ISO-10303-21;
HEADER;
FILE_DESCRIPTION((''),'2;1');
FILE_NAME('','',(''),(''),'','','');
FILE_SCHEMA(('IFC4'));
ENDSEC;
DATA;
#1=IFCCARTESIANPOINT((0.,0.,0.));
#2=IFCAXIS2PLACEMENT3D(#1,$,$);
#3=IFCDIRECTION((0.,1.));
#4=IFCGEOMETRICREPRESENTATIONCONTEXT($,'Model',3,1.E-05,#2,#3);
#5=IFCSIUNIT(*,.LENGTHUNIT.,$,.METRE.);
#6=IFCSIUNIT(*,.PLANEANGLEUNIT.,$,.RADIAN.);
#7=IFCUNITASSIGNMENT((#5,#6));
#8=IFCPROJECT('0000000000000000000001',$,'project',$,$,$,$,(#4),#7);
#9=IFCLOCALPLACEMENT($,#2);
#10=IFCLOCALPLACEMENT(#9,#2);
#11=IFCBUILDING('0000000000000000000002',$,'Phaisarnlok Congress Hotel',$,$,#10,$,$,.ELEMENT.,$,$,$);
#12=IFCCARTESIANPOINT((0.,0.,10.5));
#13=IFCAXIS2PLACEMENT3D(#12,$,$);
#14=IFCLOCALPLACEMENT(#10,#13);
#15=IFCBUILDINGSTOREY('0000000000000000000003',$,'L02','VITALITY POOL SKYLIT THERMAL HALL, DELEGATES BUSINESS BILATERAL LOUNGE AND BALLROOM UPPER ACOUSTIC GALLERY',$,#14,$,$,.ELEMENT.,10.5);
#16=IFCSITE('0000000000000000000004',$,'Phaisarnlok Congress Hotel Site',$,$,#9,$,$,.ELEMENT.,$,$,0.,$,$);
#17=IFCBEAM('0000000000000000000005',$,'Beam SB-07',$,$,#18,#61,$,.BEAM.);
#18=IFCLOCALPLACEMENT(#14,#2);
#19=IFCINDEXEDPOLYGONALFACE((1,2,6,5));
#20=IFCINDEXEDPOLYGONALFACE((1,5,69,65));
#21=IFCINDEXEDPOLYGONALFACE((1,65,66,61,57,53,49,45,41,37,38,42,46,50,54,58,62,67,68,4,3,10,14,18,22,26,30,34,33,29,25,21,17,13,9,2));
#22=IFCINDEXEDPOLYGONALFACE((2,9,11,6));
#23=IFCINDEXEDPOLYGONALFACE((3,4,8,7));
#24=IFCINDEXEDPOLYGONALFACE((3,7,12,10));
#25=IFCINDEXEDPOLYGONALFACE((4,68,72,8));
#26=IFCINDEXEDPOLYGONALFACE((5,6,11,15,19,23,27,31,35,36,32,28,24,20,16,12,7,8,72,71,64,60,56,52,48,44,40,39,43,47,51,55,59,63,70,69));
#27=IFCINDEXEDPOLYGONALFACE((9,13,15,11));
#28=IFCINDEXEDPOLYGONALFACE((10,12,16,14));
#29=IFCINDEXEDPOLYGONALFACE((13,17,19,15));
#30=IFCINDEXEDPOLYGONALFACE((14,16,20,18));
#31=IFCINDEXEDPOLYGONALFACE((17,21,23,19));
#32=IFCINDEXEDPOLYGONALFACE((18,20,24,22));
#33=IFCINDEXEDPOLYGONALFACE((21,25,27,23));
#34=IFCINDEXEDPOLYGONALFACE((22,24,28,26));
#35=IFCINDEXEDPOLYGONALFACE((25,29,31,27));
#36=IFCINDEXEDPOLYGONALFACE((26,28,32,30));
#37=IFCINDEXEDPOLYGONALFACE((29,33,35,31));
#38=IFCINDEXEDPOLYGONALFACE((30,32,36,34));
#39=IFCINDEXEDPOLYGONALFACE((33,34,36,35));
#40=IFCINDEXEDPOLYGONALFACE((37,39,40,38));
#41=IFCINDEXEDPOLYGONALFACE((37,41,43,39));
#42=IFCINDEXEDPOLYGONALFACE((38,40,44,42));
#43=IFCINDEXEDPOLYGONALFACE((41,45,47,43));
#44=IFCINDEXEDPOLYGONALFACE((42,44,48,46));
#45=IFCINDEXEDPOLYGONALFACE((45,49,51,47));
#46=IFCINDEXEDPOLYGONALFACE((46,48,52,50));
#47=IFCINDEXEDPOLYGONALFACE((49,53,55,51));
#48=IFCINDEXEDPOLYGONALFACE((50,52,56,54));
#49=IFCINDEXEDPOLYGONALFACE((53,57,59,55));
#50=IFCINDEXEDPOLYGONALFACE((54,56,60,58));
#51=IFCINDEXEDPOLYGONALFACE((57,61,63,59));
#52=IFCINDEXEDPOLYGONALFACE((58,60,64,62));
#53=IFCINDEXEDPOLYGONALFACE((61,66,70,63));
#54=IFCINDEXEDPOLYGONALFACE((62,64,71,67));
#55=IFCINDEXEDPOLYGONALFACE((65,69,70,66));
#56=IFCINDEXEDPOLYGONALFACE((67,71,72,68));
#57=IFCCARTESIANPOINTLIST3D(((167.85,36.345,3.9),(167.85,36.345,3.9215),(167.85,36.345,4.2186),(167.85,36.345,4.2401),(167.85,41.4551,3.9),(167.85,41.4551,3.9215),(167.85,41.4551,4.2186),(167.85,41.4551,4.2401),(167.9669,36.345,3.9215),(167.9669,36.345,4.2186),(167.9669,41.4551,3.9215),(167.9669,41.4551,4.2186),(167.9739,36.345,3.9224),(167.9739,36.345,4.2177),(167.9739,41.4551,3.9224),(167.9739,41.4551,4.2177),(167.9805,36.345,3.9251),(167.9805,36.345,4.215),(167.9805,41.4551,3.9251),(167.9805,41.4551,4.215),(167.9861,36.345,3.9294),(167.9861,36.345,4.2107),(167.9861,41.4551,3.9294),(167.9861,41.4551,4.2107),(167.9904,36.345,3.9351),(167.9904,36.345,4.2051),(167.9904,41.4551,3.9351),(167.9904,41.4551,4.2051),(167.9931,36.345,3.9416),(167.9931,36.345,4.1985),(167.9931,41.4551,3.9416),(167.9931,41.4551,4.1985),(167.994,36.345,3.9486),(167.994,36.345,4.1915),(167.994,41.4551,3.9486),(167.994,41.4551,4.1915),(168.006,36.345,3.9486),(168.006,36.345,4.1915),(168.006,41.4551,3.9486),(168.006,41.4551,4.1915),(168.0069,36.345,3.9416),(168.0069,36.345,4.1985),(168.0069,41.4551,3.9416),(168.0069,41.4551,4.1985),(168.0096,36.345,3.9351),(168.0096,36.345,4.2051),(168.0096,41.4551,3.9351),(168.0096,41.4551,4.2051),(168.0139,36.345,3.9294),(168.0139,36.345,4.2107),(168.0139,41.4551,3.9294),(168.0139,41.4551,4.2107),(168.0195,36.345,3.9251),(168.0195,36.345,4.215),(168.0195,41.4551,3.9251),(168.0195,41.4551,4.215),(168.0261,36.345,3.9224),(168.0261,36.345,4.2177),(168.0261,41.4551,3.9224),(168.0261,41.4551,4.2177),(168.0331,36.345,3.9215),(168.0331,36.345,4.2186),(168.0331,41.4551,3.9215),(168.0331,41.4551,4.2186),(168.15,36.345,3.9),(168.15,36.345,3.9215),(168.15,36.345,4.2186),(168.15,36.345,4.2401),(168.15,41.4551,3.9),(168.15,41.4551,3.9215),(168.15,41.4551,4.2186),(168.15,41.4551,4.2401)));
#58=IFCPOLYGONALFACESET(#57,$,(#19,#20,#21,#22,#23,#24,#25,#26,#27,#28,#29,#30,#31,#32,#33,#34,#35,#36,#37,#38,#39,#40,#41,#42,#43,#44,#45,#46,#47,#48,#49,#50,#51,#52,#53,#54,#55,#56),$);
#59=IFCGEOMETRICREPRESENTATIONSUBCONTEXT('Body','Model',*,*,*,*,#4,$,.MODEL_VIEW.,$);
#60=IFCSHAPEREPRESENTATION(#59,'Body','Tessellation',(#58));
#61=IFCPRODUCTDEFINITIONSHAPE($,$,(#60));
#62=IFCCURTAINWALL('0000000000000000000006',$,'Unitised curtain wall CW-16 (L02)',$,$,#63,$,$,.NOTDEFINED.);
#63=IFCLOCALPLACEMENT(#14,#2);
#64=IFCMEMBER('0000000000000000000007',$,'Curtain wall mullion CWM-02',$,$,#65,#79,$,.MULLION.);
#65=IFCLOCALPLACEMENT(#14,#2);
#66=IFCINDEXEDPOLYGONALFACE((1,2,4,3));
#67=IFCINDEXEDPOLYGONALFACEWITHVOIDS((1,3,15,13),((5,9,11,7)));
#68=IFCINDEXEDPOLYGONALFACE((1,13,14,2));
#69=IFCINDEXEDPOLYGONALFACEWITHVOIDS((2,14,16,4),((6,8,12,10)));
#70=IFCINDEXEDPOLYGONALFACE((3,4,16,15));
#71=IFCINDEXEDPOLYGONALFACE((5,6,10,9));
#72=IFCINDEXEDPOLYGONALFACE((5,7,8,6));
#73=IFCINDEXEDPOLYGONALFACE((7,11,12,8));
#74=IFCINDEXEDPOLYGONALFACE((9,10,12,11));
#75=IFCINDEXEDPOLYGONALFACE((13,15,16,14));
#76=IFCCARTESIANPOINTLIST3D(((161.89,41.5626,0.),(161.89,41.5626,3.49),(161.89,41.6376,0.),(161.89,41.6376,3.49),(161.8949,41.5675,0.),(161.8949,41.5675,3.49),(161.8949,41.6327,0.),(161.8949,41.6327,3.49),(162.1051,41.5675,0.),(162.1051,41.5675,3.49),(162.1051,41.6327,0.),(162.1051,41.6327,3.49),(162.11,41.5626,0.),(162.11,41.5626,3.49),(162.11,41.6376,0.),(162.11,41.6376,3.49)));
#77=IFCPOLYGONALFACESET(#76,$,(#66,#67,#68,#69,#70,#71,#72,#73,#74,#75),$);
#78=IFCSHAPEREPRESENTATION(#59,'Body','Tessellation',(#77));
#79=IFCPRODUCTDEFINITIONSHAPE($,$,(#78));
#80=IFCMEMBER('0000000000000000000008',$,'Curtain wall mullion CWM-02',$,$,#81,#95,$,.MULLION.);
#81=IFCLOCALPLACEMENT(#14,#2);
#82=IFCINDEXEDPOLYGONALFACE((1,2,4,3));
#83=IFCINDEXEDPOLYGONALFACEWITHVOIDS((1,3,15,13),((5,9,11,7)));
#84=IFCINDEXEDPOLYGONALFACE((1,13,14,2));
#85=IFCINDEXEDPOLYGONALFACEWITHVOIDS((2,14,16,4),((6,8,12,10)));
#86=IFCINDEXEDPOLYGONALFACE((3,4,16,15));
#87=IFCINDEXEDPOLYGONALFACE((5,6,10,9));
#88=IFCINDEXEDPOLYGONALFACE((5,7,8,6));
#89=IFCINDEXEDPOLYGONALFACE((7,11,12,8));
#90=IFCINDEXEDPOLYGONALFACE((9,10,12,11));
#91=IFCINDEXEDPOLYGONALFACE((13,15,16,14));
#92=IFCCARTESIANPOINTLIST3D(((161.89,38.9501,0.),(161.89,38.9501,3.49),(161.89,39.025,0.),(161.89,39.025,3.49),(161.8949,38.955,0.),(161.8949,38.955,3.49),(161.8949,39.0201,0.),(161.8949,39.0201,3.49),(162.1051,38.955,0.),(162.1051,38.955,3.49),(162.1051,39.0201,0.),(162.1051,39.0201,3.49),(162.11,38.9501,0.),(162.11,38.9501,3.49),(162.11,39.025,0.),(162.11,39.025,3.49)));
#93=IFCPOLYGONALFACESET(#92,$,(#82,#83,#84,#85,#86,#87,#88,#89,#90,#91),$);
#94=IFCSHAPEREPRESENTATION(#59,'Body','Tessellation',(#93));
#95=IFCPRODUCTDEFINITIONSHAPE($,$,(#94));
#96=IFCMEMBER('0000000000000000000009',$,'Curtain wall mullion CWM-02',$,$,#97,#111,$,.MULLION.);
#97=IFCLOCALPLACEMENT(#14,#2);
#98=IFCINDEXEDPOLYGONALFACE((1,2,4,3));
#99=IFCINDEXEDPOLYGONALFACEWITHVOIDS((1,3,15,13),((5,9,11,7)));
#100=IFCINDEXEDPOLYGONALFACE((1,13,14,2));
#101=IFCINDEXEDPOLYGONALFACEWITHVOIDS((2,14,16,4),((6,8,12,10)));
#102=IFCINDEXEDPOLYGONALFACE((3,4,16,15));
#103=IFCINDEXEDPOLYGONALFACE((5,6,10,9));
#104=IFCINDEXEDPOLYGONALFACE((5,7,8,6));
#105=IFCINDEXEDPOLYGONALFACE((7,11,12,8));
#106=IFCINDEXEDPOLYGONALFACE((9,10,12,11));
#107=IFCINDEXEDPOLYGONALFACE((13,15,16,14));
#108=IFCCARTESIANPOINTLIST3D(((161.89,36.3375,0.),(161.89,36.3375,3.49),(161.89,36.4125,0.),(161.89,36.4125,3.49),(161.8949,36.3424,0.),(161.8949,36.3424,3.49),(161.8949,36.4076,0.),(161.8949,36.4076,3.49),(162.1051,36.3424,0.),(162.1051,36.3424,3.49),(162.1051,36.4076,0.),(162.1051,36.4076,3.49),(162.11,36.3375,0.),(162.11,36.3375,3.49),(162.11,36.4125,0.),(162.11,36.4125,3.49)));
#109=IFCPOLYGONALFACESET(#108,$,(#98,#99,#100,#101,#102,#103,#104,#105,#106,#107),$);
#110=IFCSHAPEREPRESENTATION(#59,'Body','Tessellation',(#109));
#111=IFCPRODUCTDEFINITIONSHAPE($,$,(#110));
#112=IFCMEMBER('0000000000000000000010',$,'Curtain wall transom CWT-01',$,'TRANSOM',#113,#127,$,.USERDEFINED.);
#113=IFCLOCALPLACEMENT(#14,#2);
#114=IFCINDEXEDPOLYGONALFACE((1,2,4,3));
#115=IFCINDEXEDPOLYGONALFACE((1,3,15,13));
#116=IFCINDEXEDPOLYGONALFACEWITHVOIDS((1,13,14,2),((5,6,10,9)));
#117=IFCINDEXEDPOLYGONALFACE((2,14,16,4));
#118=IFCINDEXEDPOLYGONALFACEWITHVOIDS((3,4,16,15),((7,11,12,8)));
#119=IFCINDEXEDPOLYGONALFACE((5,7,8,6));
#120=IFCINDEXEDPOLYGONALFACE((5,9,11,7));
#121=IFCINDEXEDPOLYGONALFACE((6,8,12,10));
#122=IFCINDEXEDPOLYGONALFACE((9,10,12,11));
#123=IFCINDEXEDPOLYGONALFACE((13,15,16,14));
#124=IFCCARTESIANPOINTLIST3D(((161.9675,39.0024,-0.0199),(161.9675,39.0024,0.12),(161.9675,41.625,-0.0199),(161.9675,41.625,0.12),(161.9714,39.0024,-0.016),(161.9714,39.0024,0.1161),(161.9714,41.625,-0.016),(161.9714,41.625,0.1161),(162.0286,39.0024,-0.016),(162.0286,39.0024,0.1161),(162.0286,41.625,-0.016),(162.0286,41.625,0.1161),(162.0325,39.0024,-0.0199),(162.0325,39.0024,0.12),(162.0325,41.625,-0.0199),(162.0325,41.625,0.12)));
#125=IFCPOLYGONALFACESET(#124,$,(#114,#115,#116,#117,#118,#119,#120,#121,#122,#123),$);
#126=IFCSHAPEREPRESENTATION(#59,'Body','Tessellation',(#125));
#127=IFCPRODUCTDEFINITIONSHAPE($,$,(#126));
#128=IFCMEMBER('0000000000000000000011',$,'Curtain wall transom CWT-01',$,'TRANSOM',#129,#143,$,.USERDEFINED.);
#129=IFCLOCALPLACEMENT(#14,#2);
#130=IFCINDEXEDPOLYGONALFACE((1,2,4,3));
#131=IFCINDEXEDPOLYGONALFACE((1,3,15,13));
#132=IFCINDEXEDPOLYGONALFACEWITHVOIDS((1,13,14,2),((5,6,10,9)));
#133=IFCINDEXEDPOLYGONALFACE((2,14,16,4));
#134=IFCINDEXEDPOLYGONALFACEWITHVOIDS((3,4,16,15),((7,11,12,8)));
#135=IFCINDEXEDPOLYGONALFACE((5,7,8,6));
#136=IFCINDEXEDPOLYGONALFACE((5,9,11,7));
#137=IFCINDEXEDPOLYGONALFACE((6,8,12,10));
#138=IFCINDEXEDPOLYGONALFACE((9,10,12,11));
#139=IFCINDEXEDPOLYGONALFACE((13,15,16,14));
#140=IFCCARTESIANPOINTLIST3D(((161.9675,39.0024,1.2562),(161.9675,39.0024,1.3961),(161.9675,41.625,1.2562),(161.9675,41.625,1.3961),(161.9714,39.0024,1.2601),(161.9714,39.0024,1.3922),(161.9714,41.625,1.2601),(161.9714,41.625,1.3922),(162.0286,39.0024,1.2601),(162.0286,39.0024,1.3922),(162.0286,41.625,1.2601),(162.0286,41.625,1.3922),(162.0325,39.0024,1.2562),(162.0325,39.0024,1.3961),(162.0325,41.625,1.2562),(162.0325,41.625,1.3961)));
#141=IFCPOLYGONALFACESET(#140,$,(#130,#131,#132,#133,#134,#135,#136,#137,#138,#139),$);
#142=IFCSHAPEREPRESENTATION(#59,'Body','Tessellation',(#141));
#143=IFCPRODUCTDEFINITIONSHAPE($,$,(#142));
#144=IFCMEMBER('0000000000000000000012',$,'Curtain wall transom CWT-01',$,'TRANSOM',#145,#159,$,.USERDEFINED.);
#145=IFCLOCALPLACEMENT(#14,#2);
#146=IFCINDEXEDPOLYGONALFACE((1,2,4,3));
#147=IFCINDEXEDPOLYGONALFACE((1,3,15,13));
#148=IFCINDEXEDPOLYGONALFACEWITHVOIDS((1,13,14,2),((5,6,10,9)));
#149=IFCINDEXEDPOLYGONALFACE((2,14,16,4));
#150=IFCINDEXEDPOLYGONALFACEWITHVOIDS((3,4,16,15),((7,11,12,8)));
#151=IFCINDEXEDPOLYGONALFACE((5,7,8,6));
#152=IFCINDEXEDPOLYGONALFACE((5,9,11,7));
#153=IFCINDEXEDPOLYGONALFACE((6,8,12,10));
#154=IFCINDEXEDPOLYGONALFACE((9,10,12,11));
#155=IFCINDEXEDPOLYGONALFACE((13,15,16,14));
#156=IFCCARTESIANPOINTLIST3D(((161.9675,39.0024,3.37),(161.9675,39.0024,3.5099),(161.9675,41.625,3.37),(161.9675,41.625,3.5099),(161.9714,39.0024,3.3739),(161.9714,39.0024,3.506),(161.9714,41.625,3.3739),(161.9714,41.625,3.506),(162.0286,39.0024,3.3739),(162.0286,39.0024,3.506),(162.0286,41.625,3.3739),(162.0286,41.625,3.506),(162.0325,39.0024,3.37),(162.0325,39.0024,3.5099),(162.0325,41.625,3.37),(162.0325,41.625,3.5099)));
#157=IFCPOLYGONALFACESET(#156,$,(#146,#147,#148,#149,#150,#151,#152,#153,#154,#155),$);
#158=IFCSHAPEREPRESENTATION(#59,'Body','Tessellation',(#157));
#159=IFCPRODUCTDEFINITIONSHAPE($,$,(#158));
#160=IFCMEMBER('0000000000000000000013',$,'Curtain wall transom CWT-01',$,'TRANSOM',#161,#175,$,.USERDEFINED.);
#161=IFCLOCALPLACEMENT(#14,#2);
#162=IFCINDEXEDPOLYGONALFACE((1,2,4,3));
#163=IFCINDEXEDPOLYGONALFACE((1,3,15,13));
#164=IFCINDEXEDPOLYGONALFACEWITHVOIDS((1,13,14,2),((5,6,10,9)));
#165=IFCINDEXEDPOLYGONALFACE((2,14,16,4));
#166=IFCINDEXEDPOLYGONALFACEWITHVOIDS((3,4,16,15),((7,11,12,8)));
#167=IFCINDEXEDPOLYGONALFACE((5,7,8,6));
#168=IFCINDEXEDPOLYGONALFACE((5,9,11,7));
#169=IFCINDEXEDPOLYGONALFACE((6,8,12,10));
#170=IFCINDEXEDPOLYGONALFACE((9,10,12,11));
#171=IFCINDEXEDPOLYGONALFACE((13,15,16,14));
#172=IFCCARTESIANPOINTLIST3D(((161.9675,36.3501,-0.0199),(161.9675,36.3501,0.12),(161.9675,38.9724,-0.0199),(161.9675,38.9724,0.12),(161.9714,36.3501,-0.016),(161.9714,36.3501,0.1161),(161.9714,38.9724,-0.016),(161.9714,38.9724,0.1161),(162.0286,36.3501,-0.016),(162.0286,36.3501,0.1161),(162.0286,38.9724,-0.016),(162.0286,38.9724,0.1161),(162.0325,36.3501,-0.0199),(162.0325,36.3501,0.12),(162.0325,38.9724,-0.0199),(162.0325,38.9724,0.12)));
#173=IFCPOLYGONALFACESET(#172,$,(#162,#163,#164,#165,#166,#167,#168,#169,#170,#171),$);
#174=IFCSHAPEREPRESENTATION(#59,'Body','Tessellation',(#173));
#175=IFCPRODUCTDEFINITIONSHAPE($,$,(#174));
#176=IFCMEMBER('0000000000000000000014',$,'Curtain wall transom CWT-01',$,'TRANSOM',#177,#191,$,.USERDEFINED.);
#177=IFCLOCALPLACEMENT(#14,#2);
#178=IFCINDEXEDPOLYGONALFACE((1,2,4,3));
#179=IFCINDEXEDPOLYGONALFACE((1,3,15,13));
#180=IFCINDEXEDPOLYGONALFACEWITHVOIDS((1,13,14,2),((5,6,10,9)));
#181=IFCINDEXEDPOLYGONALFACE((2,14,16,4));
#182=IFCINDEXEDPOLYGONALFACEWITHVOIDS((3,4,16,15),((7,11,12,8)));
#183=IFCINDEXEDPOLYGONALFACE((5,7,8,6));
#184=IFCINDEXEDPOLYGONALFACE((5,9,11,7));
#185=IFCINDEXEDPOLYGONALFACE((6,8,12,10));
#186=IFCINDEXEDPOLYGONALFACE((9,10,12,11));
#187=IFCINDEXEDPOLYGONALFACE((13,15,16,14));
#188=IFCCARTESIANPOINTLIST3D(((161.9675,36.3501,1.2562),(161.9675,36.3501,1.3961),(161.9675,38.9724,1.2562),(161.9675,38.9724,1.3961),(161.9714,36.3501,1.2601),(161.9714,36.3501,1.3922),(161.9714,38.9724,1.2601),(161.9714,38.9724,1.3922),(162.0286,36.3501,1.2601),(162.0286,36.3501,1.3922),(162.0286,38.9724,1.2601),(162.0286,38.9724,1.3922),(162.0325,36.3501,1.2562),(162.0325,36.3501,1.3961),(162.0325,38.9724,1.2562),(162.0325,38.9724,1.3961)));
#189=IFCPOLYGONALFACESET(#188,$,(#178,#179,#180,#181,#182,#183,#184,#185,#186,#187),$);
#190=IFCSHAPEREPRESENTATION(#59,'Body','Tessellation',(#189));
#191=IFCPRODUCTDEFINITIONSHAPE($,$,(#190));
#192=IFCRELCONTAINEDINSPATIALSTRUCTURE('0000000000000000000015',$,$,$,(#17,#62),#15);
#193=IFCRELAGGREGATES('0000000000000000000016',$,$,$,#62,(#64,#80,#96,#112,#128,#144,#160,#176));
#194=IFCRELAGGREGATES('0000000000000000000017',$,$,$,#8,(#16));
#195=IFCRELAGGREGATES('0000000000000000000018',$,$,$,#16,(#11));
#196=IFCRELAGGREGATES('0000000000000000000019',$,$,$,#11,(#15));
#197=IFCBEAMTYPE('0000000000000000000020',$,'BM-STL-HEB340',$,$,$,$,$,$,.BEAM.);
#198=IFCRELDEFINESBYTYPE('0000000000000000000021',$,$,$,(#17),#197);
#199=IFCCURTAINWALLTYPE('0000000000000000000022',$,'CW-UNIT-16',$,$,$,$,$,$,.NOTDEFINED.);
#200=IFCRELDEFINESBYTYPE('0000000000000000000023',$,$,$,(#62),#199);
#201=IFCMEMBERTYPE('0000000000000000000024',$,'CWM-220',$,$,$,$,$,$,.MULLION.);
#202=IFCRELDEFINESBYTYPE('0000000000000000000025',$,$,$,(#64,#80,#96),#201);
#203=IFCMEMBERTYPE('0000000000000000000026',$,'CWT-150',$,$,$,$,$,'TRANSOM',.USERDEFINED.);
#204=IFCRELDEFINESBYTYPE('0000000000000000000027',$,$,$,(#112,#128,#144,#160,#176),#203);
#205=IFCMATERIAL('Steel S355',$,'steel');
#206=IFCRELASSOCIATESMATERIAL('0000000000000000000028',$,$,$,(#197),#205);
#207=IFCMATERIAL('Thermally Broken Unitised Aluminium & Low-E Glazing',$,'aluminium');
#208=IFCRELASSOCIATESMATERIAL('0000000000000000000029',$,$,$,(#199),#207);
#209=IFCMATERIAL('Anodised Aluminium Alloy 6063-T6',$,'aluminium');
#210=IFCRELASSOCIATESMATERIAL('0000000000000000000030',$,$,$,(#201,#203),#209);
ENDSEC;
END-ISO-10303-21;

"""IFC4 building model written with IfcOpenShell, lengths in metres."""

from ifc_helpers import new_model, si_unit, direction, frame, origin, origin_2d, place, context, subcontext, project, spatial, hollow_rectangle, i_section, extrude, material, material_profile, profile_set, type_object, element, aggregate, save


model = new_model("IFC4")

# Units and contexts
model_context = context("Model", 3, precision=1e-05, world=origin(), true_north=direction((0.0, 1.0)))
body_context = subcontext(model_context, "Body", "Model", "MODEL_VIEW")
ifc_project = project(units=[si_unit("LENGTHUNIT", "METRE"), si_unit("PLANEANGLEUNIT", "RADIAN")], contexts=[model_context])

# Site, building, storey
site_placement = place(None, origin())
site = spatial("IfcSite", under=ifc_project, at=site_placement, Name="Phaisarnlok Congress Hotel Site", CompositionType="ELEMENT", RefElevation=0.0)
building_placement = place(site_placement, origin())
building = spatial("IfcBuilding", under=site, at=building_placement, Name="Phaisarnlok Congress Hotel", CompositionType="ELEMENT")
storey_placement = place(building_placement, frame((0.0, 0.0, 10.5)))
storey = spatial("IfcBuildingStorey", under=building, at=storey_placement, Name="L02", Description="VITALITY POOL SKYLIT THERMAL HALL, DELEGATES BUSINESS BILATERAL LOUNGE AND BALLROOM UPPER ACOUSTIC GALLERY", CompositionType="ELEMENT", Elevation=10.5)

# Beam
ifc_material_1 = material(Name="Steel S355", Category="steel")
ifc_material_profile_1 = material_profile(ifc_material_1, i_section(OverallWidth=0.3, OverallDepth=0.3401, WebThickness=0.012, FlangeThickness=0.0215, FilletRadius=0.0271, at=origin_2d()), Name="HEB 340")
ifc_profile_set_1 = profile_set([ifc_material_profile_1], Name="Steel S355")
beam_type_1 = type_object("IfcBeamType", Name="BM-STL-HEB340", PredefinedType="BEAM", material=ifc_profile_set_1)
beam_1_placement = place(storey_placement, frame((168.0, 36.345, 4.0701), z_axis=(0.0, 1.0, 0.0), x_axis=(-1.0, 0.0, 0.0)))
element("IfcBeam", 1, at=beam_1_placement, inside=storey, type_object=beam_type_1, Name="Beam SB-07", PredefinedType="BEAM", context=body_context, shape_type="SweptSolid", body=[
    extrude(i_section(OverallWidth=0.3, OverallDepth=0.3401, WebThickness=0.012, FlangeThickness=0.0215, FilletRadius=0.0271, at=origin_2d()), origin(), (0.0, 0.0, 1.0), 5.1101),
])

# Curtain wall, members
ifc_material_2 = material(Name="Thermally Broken Unitised Aluminium & Low-E Glazing", Category="aluminium")
curtain_wall_type = type_object("IfcCurtainWallType", Name="CW-UNIT-16", PredefinedType="NOTDEFINED", material=ifc_material_2)
curtain_wall_placement = place(storey_placement, origin())
curtain_wall = element("IfcCurtainWall", 2, at=curtain_wall_placement, inside=storey, type_object=curtain_wall_type, Name="Unitised curtain wall CW-16 (L02)", PredefinedType="NOTDEFINED")
ifc_material_3 = material(Name="Anodised Aluminium Alloy 6063-T6", Category="aluminium")
ifc_material_profile_2 = material_profile(ifc_material_3, hollow_rectangle(XDim=0.075, YDim=0.22, WallThickness=0.0049, at=origin_2d()), Name="ALU-M 75x220x5")
ifc_profile_set_2 = profile_set([ifc_material_profile_2], Name="Anodised Aluminium Alloy 6063-T6")
member_type_1 = type_object("IfcMemberType", Name="CWM-220", PredefinedType="MULLION", material=ifc_profile_set_2)
member_1_placement = place(storey_placement, frame((162.0, 41.6001, 0.0), z_axis=(0.0, 0.0, 1.0), x_axis=(0.0, -1.0, 0.0)))
member_1 = element("IfcMember", 3, at=member_1_placement, type_object=member_type_1, Name="Curtain wall mullion CWM-02", PredefinedType="MULLION", context=body_context, shape_type="SweptSolid", body=[
    extrude(hollow_rectangle(XDim=0.075, YDim=0.22, WallThickness=0.0049, at=origin_2d()), origin(), (0.0, 0.0, 1.0), 3.49),
])
member_2_placement = place(storey_placement, frame((162.0, 38.9875, 0.0), z_axis=(0.0, 0.0, 1.0), x_axis=(0.0, -1.0, 0.0)))
member_2 = element("IfcMember", 4, at=member_2_placement, type_object=member_type_1, Name="Curtain wall mullion CWM-02", PredefinedType="MULLION", context=body_context, shape_type="SweptSolid", body=[
    extrude(hollow_rectangle(XDim=0.075, YDim=0.22, WallThickness=0.0049, at=origin_2d()), origin(), (0.0, 0.0, 1.0), 3.49),
])
member_3_placement = place(storey_placement, frame((162.0, 36.375, 0.0), z_axis=(0.0, 0.0, 1.0), x_axis=(0.0, -1.0, 0.0)))
member_3 = element("IfcMember", 5, at=member_3_placement, type_object=member_type_1, Name="Curtain wall mullion CWM-02", PredefinedType="MULLION", context=body_context, shape_type="SweptSolid", body=[
    extrude(hollow_rectangle(XDim=0.075, YDim=0.22, WallThickness=0.0049, at=origin_2d()), origin(), (0.0, 0.0, 1.0), 3.49),
])
ifc_material_profile_3 = material_profile(ifc_material_3, hollow_rectangle(XDim=0.0649, YDim=0.1399, WallThickness=0.0039, at=origin_2d()), Name="ALU-T 65x140x4")
ifc_profile_set_3 = profile_set([ifc_material_profile_3], Name="Anodised Aluminium Alloy 6063-T6")
member_type_2 = type_object("IfcMemberType", Name="CWT-150", ElementType="TRANSOM", PredefinedType="USERDEFINED", material=ifc_profile_set_3)
member_4_placement = place(storey_placement, frame((162.0, 41.625, 0.05), z_axis=(0.0, -1.0, 0.0), x_axis=(1.0, 0.0, 0.0)))
member_4 = element("IfcMember", 6, at=member_4_placement, type_object=member_type_2, Name="Curtain wall transom CWT-01", ObjectType="TRANSOM", PredefinedType="USERDEFINED", context=body_context, shape_type="SweptSolid", body=[
    extrude(hollow_rectangle(XDim=0.0649, YDim=0.1399, WallThickness=0.0039, at=origin_2d()), origin(), (0.0, 0.0, 1.0), 2.6226),
])
member_5_placement = place(storey_placement, frame((162.0, 41.625, 1.3262), z_axis=(0.0, -1.0, 0.0), x_axis=(1.0, 0.0, 0.0)))
member_5 = element("IfcMember", 7, at=member_5_placement, type_object=member_type_2, Name="Curtain wall transom CWT-01", ObjectType="TRANSOM", PredefinedType="USERDEFINED", context=body_context, shape_type="SweptSolid", body=[
    extrude(hollow_rectangle(XDim=0.0649, YDim=0.1399, WallThickness=0.0039, at=origin_2d()), origin(), (0.0, 0.0, 1.0), 2.6226),
])
member_6_placement = place(storey_placement, frame((162.0, 41.625, 3.4399), z_axis=(0.0, -1.0, 0.0), x_axis=(1.0, 0.0, 0.0)))
member_6 = element("IfcMember", 8, at=member_6_placement, type_object=member_type_2, Name="Curtain wall transom CWT-01", ObjectType="TRANSOM", PredefinedType="USERDEFINED", context=body_context, shape_type="SweptSolid", body=[
    extrude(hollow_rectangle(XDim=0.0649, YDim=0.1399, WallThickness=0.0039, at=origin_2d()), origin(), (0.0, 0.0, 1.0), 2.6226),
])
member_7_placement = place(storey_placement, frame((162.0, 38.9724, 0.05), z_axis=(0.0, -1.0, 0.0), x_axis=(1.0, 0.0, 0.0)))
member_7 = element("IfcMember", 9, at=member_7_placement, type_object=member_type_2, Name="Curtain wall transom CWT-01", ObjectType="TRANSOM", PredefinedType="USERDEFINED", context=body_context, shape_type="SweptSolid", body=[
    extrude(hollow_rectangle(XDim=0.0649, YDim=0.1399, WallThickness=0.0039, at=origin_2d()), origin(), (0.0, 0.0, 1.0), 2.6223),
])
member_8_placement = place(storey_placement, frame((162.0, 38.9724, 1.3262), z_axis=(0.0, -1.0, 0.0), x_axis=(1.0, 0.0, 0.0)))
member_8 = element("IfcMember", 10, at=member_8_placement, type_object=member_type_2, Name="Curtain wall transom CWT-01", ObjectType="TRANSOM", PredefinedType="USERDEFINED", context=body_context, shape_type="SweptSolid", body=[
    extrude(hollow_rectangle(XDim=0.0649, YDim=0.1399, WallThickness=0.0039, at=origin_2d()), origin(), (0.0, 0.0, 1.0), 2.6223),
])

aggregate(curtain_wall, [member_1, member_2, member_3, member_4, member_5, member_6, member_7, member_8])

save(model, "model.ifc")
